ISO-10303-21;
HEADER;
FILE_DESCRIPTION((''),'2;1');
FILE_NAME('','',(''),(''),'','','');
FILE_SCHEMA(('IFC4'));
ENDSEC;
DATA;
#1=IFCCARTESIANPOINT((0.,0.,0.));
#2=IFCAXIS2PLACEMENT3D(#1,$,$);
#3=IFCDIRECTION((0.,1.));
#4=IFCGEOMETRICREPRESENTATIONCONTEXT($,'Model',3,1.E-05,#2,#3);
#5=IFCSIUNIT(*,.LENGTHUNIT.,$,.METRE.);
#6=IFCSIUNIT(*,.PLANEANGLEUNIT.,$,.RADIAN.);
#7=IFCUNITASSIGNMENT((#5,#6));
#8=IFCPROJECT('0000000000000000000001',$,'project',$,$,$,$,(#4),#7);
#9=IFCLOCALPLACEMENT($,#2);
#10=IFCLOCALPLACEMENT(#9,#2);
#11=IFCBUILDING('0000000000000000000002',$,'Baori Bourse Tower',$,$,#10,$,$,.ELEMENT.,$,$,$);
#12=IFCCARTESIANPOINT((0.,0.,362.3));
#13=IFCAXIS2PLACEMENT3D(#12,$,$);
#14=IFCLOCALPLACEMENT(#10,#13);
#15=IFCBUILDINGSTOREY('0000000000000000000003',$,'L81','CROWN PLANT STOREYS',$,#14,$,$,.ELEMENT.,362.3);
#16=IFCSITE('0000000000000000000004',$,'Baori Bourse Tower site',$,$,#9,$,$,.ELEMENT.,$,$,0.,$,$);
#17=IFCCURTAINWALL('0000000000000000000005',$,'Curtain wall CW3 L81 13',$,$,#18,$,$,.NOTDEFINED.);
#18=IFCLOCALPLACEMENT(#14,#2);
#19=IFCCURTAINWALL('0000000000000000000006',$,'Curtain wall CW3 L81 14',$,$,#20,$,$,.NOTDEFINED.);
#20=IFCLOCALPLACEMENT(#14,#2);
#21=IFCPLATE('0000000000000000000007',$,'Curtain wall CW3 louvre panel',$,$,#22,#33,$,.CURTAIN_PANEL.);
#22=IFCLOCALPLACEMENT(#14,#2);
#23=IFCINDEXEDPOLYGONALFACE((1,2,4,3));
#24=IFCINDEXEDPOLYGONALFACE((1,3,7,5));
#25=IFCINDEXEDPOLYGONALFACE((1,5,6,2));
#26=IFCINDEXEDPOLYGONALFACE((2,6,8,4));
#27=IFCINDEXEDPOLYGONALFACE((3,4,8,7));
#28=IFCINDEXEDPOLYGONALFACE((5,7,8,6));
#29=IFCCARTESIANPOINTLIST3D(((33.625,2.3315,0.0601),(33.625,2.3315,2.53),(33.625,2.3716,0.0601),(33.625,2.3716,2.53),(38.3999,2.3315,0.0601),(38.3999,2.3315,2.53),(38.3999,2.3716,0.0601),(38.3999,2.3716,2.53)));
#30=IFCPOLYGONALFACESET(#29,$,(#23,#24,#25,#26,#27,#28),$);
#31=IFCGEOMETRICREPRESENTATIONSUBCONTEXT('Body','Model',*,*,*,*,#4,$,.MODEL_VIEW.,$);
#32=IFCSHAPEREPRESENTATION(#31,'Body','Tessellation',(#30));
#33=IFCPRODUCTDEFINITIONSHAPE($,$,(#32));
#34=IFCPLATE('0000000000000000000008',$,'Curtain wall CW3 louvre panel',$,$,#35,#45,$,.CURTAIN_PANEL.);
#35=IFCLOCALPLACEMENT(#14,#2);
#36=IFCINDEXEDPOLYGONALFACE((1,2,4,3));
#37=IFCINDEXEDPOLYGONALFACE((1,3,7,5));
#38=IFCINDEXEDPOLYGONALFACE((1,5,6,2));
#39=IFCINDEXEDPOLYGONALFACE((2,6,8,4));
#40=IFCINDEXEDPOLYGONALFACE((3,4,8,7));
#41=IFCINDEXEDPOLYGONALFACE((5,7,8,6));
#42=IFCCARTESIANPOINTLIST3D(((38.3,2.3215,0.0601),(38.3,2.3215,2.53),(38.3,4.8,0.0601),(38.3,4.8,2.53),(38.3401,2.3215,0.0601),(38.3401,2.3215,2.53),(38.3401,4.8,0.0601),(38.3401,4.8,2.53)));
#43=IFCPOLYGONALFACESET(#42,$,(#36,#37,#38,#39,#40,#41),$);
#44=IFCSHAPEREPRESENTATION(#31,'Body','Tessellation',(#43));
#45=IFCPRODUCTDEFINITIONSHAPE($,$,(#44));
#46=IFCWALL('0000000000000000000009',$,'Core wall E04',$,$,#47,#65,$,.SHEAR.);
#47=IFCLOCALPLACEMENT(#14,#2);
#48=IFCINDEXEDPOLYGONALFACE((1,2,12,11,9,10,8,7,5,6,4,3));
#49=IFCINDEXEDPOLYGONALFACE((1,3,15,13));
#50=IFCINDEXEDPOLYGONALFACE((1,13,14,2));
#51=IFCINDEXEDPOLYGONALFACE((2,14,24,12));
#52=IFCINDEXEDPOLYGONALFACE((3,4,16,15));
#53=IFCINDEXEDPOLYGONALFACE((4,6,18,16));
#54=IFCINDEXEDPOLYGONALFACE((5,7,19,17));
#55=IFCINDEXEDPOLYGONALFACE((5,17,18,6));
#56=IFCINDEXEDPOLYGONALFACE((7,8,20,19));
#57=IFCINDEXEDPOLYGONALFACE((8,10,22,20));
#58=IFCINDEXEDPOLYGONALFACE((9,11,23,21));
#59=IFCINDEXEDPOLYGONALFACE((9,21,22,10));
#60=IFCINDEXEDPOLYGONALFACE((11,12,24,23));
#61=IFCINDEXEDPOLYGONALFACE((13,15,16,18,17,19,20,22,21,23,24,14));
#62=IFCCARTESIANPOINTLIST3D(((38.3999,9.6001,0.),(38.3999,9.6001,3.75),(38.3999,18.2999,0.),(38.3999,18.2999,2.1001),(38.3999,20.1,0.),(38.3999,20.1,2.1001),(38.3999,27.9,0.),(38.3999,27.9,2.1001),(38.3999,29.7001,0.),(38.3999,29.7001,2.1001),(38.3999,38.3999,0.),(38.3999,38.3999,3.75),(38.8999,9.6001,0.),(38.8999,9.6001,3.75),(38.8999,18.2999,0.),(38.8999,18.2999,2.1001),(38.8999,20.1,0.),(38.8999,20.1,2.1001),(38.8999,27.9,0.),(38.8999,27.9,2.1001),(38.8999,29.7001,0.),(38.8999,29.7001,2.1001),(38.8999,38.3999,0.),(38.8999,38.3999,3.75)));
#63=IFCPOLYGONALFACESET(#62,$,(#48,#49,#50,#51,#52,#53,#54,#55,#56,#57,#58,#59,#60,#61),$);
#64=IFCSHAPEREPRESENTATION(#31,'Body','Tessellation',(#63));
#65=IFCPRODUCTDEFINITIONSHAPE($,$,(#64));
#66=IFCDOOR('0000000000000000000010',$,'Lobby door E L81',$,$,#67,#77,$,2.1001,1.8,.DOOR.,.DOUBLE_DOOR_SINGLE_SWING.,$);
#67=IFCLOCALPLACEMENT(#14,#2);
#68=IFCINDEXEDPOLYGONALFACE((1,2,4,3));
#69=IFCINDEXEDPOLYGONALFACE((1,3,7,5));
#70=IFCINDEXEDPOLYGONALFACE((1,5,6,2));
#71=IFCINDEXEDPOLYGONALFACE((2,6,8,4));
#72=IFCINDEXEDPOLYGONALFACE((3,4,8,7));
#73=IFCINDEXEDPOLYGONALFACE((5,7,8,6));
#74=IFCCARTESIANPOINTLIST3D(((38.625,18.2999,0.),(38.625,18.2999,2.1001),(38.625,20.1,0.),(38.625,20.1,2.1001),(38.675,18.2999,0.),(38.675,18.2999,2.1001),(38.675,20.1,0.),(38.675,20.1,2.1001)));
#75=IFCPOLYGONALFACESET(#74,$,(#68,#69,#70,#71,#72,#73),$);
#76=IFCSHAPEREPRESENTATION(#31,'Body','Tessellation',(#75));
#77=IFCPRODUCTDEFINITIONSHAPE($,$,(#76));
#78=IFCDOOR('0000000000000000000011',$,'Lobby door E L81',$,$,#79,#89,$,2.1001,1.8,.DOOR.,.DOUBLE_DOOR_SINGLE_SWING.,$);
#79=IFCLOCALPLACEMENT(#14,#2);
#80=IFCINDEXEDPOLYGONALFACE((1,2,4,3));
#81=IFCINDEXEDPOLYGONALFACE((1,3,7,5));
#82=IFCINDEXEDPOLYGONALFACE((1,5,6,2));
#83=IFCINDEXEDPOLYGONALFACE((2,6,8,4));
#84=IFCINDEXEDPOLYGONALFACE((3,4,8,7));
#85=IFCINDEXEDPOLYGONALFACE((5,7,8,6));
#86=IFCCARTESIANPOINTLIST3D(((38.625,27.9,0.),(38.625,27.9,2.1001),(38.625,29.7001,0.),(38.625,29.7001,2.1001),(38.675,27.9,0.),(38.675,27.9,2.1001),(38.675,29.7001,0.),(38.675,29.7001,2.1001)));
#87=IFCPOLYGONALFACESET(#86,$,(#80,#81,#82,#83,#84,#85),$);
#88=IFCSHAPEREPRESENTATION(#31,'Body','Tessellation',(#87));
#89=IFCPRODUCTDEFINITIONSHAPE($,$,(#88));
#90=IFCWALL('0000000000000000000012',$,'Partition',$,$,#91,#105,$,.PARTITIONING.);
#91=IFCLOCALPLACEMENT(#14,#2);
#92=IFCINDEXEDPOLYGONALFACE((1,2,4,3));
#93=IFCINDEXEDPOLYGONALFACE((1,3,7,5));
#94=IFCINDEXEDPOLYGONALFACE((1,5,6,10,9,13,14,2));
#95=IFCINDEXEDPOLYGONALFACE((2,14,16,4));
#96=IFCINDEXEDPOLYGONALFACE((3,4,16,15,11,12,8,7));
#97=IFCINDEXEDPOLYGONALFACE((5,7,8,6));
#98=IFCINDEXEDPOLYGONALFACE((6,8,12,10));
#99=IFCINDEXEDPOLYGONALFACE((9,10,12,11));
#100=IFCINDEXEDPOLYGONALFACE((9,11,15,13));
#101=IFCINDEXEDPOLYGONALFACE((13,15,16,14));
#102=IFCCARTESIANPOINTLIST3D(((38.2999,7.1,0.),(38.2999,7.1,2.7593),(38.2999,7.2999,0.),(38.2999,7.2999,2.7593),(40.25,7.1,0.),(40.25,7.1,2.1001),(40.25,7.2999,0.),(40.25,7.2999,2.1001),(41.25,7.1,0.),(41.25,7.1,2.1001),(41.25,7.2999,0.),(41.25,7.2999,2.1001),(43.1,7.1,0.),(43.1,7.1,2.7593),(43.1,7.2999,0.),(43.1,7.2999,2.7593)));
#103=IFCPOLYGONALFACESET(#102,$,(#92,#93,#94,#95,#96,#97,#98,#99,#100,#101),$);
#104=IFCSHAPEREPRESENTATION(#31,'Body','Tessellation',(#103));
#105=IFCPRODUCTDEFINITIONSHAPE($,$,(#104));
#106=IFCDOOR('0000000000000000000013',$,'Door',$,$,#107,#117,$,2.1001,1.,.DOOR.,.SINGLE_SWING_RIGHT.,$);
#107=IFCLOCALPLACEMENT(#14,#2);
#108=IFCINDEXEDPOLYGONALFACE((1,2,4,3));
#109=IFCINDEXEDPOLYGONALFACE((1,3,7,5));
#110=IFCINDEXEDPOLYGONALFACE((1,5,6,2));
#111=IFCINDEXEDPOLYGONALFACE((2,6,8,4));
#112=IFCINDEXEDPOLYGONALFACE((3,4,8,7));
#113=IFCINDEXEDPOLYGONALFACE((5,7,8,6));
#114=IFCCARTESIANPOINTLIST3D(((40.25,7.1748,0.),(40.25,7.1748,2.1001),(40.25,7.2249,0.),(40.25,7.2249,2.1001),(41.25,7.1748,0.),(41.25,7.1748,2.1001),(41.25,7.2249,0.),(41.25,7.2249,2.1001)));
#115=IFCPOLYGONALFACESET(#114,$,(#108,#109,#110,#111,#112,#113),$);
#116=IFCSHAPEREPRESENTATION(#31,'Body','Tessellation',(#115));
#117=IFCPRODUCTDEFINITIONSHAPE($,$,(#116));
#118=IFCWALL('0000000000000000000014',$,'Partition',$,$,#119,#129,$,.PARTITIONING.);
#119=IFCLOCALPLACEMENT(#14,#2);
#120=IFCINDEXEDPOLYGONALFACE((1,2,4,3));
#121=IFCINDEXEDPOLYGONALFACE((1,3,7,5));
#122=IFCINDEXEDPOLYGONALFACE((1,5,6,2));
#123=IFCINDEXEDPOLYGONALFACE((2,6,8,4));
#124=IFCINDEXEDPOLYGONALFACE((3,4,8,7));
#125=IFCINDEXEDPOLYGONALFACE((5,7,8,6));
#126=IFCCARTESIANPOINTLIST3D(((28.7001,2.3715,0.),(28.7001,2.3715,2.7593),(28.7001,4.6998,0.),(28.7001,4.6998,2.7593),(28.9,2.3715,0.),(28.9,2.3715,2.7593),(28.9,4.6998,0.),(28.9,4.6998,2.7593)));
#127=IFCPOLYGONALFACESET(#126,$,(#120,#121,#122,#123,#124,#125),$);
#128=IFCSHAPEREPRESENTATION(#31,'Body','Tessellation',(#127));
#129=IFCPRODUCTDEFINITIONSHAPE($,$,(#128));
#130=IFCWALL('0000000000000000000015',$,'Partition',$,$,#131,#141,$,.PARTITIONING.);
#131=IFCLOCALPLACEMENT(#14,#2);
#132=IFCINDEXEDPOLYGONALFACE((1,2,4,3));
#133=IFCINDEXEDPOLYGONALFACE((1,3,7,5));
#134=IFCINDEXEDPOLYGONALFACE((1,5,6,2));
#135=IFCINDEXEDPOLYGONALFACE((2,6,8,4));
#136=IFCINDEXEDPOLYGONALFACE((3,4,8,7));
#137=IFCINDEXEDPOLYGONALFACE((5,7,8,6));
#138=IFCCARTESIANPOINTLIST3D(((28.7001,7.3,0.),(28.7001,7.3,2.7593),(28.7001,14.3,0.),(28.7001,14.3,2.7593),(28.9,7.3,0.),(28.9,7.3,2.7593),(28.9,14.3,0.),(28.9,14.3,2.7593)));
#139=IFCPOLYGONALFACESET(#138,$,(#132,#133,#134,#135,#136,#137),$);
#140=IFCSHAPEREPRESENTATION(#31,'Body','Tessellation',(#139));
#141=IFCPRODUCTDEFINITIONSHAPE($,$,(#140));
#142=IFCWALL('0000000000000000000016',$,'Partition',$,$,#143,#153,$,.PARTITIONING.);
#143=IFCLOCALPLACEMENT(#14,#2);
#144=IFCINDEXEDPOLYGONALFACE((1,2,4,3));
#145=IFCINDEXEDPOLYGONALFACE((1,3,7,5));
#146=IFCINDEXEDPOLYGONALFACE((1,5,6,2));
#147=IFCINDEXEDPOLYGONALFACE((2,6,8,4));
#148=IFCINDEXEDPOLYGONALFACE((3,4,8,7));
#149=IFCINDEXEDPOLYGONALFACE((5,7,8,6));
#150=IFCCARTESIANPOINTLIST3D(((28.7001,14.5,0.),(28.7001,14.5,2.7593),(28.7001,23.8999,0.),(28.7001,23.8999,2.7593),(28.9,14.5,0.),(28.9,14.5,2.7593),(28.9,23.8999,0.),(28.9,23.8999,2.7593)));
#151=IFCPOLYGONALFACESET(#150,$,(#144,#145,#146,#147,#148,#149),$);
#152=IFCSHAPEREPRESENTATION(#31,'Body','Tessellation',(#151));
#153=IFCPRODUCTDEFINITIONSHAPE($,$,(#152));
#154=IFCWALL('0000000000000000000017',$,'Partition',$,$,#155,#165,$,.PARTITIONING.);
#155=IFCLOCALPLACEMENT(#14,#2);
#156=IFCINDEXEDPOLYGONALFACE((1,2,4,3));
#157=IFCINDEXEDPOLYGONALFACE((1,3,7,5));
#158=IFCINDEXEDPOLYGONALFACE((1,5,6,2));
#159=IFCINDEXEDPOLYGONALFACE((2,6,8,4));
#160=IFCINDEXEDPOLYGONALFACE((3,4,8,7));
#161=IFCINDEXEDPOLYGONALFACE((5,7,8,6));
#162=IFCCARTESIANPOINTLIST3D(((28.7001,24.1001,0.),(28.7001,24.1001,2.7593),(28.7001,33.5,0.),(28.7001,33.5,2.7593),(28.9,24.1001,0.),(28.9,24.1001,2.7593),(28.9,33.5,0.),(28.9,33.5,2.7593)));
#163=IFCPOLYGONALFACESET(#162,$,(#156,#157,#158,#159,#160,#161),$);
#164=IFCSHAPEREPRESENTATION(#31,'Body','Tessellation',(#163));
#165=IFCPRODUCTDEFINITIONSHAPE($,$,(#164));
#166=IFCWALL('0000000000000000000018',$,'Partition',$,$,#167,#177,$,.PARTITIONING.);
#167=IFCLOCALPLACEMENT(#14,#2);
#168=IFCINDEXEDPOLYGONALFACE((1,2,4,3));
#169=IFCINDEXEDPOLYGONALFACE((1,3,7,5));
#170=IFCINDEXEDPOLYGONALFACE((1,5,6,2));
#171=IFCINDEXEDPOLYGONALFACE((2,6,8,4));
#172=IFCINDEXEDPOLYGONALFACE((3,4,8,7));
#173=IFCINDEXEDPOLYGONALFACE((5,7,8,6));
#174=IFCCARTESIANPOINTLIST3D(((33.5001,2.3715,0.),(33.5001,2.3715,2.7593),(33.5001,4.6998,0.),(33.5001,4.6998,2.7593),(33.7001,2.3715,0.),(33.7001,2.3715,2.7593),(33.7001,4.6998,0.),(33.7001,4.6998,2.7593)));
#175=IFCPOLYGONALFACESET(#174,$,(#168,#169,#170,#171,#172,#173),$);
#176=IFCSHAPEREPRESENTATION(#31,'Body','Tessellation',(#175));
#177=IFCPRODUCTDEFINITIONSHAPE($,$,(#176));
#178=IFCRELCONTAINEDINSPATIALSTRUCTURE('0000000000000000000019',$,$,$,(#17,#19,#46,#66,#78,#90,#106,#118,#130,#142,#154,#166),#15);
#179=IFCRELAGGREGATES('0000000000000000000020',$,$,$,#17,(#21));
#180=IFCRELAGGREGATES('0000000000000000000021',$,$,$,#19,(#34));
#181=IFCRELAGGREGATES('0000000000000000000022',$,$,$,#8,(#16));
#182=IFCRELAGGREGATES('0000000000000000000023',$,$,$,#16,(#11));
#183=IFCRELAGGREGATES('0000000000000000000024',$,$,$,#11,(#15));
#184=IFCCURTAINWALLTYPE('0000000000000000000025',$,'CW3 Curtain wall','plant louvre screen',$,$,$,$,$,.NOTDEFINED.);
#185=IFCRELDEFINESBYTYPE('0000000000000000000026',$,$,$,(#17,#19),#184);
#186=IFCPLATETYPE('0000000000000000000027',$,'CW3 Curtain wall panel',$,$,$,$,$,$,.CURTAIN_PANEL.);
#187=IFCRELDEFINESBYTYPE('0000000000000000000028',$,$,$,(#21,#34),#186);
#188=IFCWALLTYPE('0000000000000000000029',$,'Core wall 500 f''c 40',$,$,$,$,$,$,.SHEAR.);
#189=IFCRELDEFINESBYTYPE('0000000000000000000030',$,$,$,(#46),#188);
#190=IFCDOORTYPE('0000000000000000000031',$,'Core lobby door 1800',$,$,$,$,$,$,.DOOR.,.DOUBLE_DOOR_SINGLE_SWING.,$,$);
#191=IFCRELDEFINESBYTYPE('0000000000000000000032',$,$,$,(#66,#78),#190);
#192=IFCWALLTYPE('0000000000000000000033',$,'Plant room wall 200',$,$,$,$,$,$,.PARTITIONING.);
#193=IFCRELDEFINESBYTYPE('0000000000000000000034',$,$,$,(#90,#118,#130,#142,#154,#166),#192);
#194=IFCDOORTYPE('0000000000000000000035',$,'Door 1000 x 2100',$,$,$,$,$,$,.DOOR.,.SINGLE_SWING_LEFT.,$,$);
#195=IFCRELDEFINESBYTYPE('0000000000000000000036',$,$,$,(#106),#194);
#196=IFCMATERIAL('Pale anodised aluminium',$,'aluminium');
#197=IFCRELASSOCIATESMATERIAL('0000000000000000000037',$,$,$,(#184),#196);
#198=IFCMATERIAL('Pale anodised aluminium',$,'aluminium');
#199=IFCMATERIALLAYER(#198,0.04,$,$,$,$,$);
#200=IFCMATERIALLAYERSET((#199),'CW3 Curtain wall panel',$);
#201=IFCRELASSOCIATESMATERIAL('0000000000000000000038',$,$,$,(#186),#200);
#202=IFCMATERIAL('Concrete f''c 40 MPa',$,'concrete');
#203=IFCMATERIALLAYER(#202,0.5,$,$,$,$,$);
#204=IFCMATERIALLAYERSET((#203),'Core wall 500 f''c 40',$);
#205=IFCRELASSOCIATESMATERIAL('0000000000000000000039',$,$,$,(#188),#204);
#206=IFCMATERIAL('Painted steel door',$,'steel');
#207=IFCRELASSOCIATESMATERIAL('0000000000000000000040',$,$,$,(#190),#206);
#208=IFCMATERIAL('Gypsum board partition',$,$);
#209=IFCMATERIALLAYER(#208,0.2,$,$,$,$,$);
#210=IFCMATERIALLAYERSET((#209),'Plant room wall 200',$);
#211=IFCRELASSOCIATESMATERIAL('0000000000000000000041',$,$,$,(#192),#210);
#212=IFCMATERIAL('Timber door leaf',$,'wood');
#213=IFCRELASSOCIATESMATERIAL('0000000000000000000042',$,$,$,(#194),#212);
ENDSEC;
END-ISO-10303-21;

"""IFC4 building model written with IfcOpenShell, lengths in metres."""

from ifc_helpers import new_model, si_unit, direction, frame, frame_2d, origin, origin_2d, place, context, subcontext, project, spatial, rectangle, extrude, material, layer, layer_set, type_object, element, fill, aggregate, save


model = new_model("IFC4")

# Units and contexts
model_context = context("Model", 3, precision=1e-05, world=origin(), true_north=direction((0.0, 1.0)))
body_context = subcontext(model_context, "Body", "Model", "MODEL_VIEW")
ifc_project = project(units=[si_unit("LENGTHUNIT", "METRE"), si_unit("PLANEANGLEUNIT", "RADIAN")], contexts=[model_context])

# Site, building, storey
site_placement = place(None, origin())
site = spatial("IfcSite", under=ifc_project, at=site_placement, Name="Baori Bourse Tower site", CompositionType="ELEMENT", RefElevation=0.0)
building_placement = place(site_placement, origin())
building = spatial("IfcBuilding", under=site, at=building_placement, Name="Baori Bourse Tower", CompositionType="ELEMENT")
storey_placement = place(building_placement, frame((0.0, 0.0, 362.3)))
storey = spatial("IfcBuildingStorey", under=building, at=storey_placement, Name="L81", Description="CROWN PLANT STOREYS", CompositionType="ELEMENT", Elevation=362.3)

# Curtain wall
ifc_material_1 = material(Name="Pale anodised aluminium", Category="aluminium")
curtain_wall_type = type_object("IfcCurtainWallType", Name="CW3 Curtain wall", Description="plant louvre screen", PredefinedType="NOTDEFINED", material=ifc_material_1)
curtain_wall_1_placement = place(storey_placement, origin())
curtain_wall_1 = element("IfcCurtainWall", 1, at=curtain_wall_1_placement, inside=storey, type_object=curtain_wall_type, Name="Curtain wall CW3 L81 13", PredefinedType="NOTDEFINED")

# Curtain wall
curtain_wall_2_placement = place(storey_placement, origin())
curtain_wall_2 = element("IfcCurtainWall", 2, at=curtain_wall_2_placement, inside=storey, type_object=curtain_wall_type, Name="Curtain wall CW3 L81 14", PredefinedType="NOTDEFINED")

# Plates
ifc_material_2 = material(Name="Pale anodised aluminium", Category="aluminium")
ifc_layer_1 = layer(ifc_material_2, 0.04)
ifc_layer_set_1 = layer_set([ifc_layer_1], Name="CW3 Curtain wall panel")
plate_type = type_object("IfcPlateType", Name="CW3 Curtain wall panel", PredefinedType="CURTAIN_PANEL", material=ifc_layer_set_1)
plate_1_placement = place(storey_placement, frame((36.0125, 2.3516, 0.0601), z_axis=(0.0, 0.0, 1.0), x_axis=(1.0, 0.0, 0.0)))
plate_1 = element("IfcPlate", 3, at=plate_1_placement, type_object=plate_type, Name="Curtain wall CW3 louvre panel", PredefinedType="CURTAIN_PANEL", context=body_context, shape_type="SweptSolid", body=[
    extrude(rectangle(XDim=4.7749, YDim=0.04, at=origin_2d()), origin(), (0.0, 0.0, 1.0), 2.47),
])
aggregate(curtain_wall_1, [plate_1])
plate_2_placement = place(storey_placement, frame((38.3201, 3.5608, 0.0601), z_axis=(0.0, 0.0, 1.0), x_axis=(0.0, 1.0, 0.0)))
plate_2 = element("IfcPlate", 4, at=plate_2_placement, type_object=plate_type, Name="Curtain wall CW3 louvre panel", PredefinedType="CURTAIN_PANEL", context=body_context, shape_type="SweptSolid", body=[
    extrude(rectangle(XDim=2.4785, YDim=0.04, at=origin_2d()), origin(), (0.0, 0.0, 1.0), 2.47),
])
aggregate(curtain_wall_2, [plate_2])

# Wall, openings, doors
ifc_material_3 = material(Name="Concrete f'c 40 MPa", Category="concrete")
ifc_layer_2 = layer(ifc_material_3, 0.5)
ifc_layer_set_2 = layer_set([ifc_layer_2], Name="Core wall 500 f'c 40")
wall_type_1 = type_object("IfcWallType", Name="Core wall 500 f'c 40", PredefinedType="SHEAR", material=ifc_layer_set_2)
wall_1_placement = place(storey_placement, frame((38.6499, 9.6001, 0.0), z_axis=(0.0, 0.0, 1.0), x_axis=(0.0, 1.0, 0.0)))
wall_1 = element("IfcWall", 5, at=wall_1_placement, inside=storey, type_object=wall_type_1, Name="Core wall E04", PredefinedType="SHEAR", context=body_context, shape_type="SweptSolid", body=[
    extrude(rectangle(XDim=28.7998, YDim=0.5, at=frame_2d((14.3999, 0.0))), origin(), (0.0, 0.0, 1.0), 3.75),
])
opening_1_placement = place(wall_1_placement, frame((8.7, 0.0, 0.0)))
opening_1 = element("IfcOpeningElement", 6, at=opening_1_placement, cuts=wall_1, PredefinedType="OPENING", context=body_context, shape_type="SweptSolid", body=[
    extrude(rectangle(XDim=1.8, YDim=2.1001, at=frame_2d((0.8999, 1.05))), frame((0.0, 0.26, 0.0), z_axis=(0.0, -1.0, 0.0), x_axis=(1.0, 0.0, 0.0)), (0.0, 0.0, 1.0), 0.52),
])
opening_2_placement = place(wall_1_placement, frame((18.3, 0.0, 0.0)))
opening_2 = element("IfcOpeningElement", 7, at=opening_2_placement, cuts=wall_1, PredefinedType="OPENING", context=body_context, shape_type="SweptSolid", body=[
    extrude(rectangle(XDim=1.8, YDim=2.1001, at=frame_2d((0.8999, 1.05))), frame((0.0, 0.26, 0.0), z_axis=(0.0, -1.0, 0.0), x_axis=(1.0, 0.0, 0.0)), (0.0, 0.0, 1.0), 0.52),
])
ifc_material_4 = material(Name="Painted steel door", Category="steel")
door_type_1 = type_object("IfcDoorType", Name="Core lobby door 1800", OperationType="DOUBLE_DOOR_SINGLE_SWING", PredefinedType="DOOR", material=ifc_material_4)
door_1_placement = place(opening_1_placement, origin())
door_1 = element("IfcDoor", 8, at=door_1_placement, inside=storey, type_object=door_type_1, Name="Lobby door E L81", OperationType="DOUBLE_DOOR_SINGLE_SWING", OverallHeight=2.1001, OverallWidth=1.8, PredefinedType="DOOR", context=body_context, shape_type="SweptSolid", body=[
    extrude(rectangle(XDim=1.8, YDim=2.1001, at=frame_2d((0.8999, 1.05))), frame((0.0, 0.0249, 0.0), z_axis=(0.0, -1.0, 0.0), x_axis=(1.0, 0.0, 0.0)), (0.0, 0.0, 1.0), 0.05),
])
fill(opening_1, door_1)
door_2_placement = place(opening_2_placement, origin())
door_2 = element("IfcDoor", 9, at=door_2_placement, inside=storey, type_object=door_type_1, Name="Lobby door E L81", OperationType="DOUBLE_DOOR_SINGLE_SWING", OverallHeight=2.1001, OverallWidth=1.8, PredefinedType="DOOR", context=body_context, shape_type="SweptSolid", body=[
    extrude(rectangle(XDim=1.8, YDim=2.1001, at=frame_2d((0.8999, 1.05))), frame((0.0, 0.0249, 0.0), z_axis=(0.0, -1.0, 0.0), x_axis=(1.0, 0.0, 0.0)), (0.0, 0.0, 1.0), 0.05),
])
fill(opening_2, door_2)

# Wall, opening, door
ifc_material_5 = material(Name="Gypsum board partition")
ifc_layer_3 = layer(ifc_material_5, 0.2)
ifc_layer_set_3 = layer_set([ifc_layer_3], Name="Plant room wall 200")
wall_type_2 = type_object("IfcWallType", Name="Plant room wall 200", PredefinedType="PARTITIONING", material=ifc_layer_set_3)
wall_2_placement = place(storey_placement, frame((38.3, 7.2, 0.0), z_axis=(0.0, 0.0, 1.0), x_axis=(1.0, 0.0, 0.0)))
wall_2 = element("IfcWall", 10, at=wall_2_placement, inside=storey, type_object=wall_type_2, Name="Partition", PredefinedType="PARTITIONING", context=body_context, shape_type="SweptSolid", body=[
    extrude(rectangle(XDim=4.8, YDim=0.2, at=frame_2d((2.3999, 0.0))), origin(), (0.0, 0.0, 1.0), 2.7593),
])
opening_3_placement = place(wall_2_placement, frame((1.95, 0.0, 0.0)))
opening_3 = element("IfcOpeningElement", 11, at=opening_3_placement, cuts=wall_2, PredefinedType="OPENING", context=body_context, shape_type="SweptSolid", body=[
    extrude(rectangle(XDim=1.0, YDim=2.1001, at=frame_2d((0.5, 1.05))), frame((0.0, 0.1099, 0.0), z_axis=(0.0, -1.0, 0.0), x_axis=(1.0, 0.0, 0.0)), (0.0, 0.0, 1.0), 0.22),
])
ifc_material_6 = material(Name="Timber door leaf", Category="wood")
door_type_2 = type_object("IfcDoorType", Name="Door 1000 x 2100", OperationType="SINGLE_SWING_LEFT", PredefinedType="DOOR", material=ifc_material_6)
door_3_placement = place(opening_3_placement, origin())
door_3 = element("IfcDoor", 12, at=door_3_placement, inside=storey, type_object=door_type_2, Name="Door", OperationType="SINGLE_SWING_RIGHT", OverallHeight=2.1001, OverallWidth=1.0, PredefinedType="DOOR", context=body_context, shape_type="SweptSolid", body=[
    extrude(rectangle(XDim=1.0, YDim=2.1001, at=frame_2d((0.5, 1.05))), frame((0.0, 0.0249, 0.0), z_axis=(0.0, -1.0, 0.0), x_axis=(1.0, 0.0, 0.0)), (0.0, 0.0, 1.0), 0.05),
])
fill(opening_3, door_3)

# Walls
wall_3_placement = place(storey_placement, frame((28.8, 2.3716, 0.0), z_axis=(0.0, 0.0, 1.0), x_axis=(0.0, 1.0, 0.0)))
element("IfcWall", 13, at=wall_3_placement, inside=storey, type_object=wall_type_2, Name="Partition", PredefinedType="PARTITIONING", context=body_context, shape_type="SweptSolid", body=[
    extrude(rectangle(XDim=2.3284, YDim=0.2, at=frame_2d((1.1641, 0.0))), origin(), (0.0, 0.0, 1.0), 2.7593),
])
wall_4_placement = place(storey_placement, frame((28.8, 7.3, 0.0), z_axis=(0.0, 0.0, 1.0), x_axis=(0.0, 1.0, 0.0)))
element("IfcWall", 14, at=wall_4_placement, inside=storey, type_object=wall_type_2, Name="Partition", PredefinedType="PARTITIONING", context=body_context, shape_type="SweptSolid", body=[
    extrude(rectangle(XDim=7.0, YDim=0.2, at=frame_2d((3.5, 0.0))), origin(), (0.0, 0.0, 1.0), 2.7593),
])
for number, where, z_axis, x_axis, name in (
    (15, (28.8, 14.5, 0.0), (0.0, 0.0, 1.0), (0.0, 1.0, 0.0), "Partition"),
    (16, (28.8, 24.1001, 0.0), (0.0, 0.0, 1.0), (0.0, 1.0, 0.0), "Partition"),
):
    element("IfcWall", number, at=place(storey_placement, frame(where, z_axis=z_axis, x_axis=x_axis)), inside=storey, type_object=wall_type_2, Name=name, PredefinedType="PARTITIONING", context=body_context, shape_type="SweptSolid", body=[
        extrude(rectangle(XDim=9.3999, YDim=0.2, at=frame_2d((4.7, 0.0))), origin(), (0.0, 0.0, 1.0), 2.7593),
    ])
wall_5_placement = place(storey_placement, frame((33.6001, 2.3716, 0.0), z_axis=(0.0, 0.0, 1.0), x_axis=(0.0, 1.0, 0.0)))
element("IfcWall", 17, at=wall_5_placement, inside=storey, type_object=wall_type_2, Name="Partition", PredefinedType="PARTITIONING", context=body_context, shape_type="SweptSolid", body=[
    extrude(rectangle(XDim=2.3284, YDim=0.2, at=frame_2d((1.1641, 0.0))), origin(), (0.0, 0.0, 1.0), 2.7593),
])

save(model, "model.ifc")
